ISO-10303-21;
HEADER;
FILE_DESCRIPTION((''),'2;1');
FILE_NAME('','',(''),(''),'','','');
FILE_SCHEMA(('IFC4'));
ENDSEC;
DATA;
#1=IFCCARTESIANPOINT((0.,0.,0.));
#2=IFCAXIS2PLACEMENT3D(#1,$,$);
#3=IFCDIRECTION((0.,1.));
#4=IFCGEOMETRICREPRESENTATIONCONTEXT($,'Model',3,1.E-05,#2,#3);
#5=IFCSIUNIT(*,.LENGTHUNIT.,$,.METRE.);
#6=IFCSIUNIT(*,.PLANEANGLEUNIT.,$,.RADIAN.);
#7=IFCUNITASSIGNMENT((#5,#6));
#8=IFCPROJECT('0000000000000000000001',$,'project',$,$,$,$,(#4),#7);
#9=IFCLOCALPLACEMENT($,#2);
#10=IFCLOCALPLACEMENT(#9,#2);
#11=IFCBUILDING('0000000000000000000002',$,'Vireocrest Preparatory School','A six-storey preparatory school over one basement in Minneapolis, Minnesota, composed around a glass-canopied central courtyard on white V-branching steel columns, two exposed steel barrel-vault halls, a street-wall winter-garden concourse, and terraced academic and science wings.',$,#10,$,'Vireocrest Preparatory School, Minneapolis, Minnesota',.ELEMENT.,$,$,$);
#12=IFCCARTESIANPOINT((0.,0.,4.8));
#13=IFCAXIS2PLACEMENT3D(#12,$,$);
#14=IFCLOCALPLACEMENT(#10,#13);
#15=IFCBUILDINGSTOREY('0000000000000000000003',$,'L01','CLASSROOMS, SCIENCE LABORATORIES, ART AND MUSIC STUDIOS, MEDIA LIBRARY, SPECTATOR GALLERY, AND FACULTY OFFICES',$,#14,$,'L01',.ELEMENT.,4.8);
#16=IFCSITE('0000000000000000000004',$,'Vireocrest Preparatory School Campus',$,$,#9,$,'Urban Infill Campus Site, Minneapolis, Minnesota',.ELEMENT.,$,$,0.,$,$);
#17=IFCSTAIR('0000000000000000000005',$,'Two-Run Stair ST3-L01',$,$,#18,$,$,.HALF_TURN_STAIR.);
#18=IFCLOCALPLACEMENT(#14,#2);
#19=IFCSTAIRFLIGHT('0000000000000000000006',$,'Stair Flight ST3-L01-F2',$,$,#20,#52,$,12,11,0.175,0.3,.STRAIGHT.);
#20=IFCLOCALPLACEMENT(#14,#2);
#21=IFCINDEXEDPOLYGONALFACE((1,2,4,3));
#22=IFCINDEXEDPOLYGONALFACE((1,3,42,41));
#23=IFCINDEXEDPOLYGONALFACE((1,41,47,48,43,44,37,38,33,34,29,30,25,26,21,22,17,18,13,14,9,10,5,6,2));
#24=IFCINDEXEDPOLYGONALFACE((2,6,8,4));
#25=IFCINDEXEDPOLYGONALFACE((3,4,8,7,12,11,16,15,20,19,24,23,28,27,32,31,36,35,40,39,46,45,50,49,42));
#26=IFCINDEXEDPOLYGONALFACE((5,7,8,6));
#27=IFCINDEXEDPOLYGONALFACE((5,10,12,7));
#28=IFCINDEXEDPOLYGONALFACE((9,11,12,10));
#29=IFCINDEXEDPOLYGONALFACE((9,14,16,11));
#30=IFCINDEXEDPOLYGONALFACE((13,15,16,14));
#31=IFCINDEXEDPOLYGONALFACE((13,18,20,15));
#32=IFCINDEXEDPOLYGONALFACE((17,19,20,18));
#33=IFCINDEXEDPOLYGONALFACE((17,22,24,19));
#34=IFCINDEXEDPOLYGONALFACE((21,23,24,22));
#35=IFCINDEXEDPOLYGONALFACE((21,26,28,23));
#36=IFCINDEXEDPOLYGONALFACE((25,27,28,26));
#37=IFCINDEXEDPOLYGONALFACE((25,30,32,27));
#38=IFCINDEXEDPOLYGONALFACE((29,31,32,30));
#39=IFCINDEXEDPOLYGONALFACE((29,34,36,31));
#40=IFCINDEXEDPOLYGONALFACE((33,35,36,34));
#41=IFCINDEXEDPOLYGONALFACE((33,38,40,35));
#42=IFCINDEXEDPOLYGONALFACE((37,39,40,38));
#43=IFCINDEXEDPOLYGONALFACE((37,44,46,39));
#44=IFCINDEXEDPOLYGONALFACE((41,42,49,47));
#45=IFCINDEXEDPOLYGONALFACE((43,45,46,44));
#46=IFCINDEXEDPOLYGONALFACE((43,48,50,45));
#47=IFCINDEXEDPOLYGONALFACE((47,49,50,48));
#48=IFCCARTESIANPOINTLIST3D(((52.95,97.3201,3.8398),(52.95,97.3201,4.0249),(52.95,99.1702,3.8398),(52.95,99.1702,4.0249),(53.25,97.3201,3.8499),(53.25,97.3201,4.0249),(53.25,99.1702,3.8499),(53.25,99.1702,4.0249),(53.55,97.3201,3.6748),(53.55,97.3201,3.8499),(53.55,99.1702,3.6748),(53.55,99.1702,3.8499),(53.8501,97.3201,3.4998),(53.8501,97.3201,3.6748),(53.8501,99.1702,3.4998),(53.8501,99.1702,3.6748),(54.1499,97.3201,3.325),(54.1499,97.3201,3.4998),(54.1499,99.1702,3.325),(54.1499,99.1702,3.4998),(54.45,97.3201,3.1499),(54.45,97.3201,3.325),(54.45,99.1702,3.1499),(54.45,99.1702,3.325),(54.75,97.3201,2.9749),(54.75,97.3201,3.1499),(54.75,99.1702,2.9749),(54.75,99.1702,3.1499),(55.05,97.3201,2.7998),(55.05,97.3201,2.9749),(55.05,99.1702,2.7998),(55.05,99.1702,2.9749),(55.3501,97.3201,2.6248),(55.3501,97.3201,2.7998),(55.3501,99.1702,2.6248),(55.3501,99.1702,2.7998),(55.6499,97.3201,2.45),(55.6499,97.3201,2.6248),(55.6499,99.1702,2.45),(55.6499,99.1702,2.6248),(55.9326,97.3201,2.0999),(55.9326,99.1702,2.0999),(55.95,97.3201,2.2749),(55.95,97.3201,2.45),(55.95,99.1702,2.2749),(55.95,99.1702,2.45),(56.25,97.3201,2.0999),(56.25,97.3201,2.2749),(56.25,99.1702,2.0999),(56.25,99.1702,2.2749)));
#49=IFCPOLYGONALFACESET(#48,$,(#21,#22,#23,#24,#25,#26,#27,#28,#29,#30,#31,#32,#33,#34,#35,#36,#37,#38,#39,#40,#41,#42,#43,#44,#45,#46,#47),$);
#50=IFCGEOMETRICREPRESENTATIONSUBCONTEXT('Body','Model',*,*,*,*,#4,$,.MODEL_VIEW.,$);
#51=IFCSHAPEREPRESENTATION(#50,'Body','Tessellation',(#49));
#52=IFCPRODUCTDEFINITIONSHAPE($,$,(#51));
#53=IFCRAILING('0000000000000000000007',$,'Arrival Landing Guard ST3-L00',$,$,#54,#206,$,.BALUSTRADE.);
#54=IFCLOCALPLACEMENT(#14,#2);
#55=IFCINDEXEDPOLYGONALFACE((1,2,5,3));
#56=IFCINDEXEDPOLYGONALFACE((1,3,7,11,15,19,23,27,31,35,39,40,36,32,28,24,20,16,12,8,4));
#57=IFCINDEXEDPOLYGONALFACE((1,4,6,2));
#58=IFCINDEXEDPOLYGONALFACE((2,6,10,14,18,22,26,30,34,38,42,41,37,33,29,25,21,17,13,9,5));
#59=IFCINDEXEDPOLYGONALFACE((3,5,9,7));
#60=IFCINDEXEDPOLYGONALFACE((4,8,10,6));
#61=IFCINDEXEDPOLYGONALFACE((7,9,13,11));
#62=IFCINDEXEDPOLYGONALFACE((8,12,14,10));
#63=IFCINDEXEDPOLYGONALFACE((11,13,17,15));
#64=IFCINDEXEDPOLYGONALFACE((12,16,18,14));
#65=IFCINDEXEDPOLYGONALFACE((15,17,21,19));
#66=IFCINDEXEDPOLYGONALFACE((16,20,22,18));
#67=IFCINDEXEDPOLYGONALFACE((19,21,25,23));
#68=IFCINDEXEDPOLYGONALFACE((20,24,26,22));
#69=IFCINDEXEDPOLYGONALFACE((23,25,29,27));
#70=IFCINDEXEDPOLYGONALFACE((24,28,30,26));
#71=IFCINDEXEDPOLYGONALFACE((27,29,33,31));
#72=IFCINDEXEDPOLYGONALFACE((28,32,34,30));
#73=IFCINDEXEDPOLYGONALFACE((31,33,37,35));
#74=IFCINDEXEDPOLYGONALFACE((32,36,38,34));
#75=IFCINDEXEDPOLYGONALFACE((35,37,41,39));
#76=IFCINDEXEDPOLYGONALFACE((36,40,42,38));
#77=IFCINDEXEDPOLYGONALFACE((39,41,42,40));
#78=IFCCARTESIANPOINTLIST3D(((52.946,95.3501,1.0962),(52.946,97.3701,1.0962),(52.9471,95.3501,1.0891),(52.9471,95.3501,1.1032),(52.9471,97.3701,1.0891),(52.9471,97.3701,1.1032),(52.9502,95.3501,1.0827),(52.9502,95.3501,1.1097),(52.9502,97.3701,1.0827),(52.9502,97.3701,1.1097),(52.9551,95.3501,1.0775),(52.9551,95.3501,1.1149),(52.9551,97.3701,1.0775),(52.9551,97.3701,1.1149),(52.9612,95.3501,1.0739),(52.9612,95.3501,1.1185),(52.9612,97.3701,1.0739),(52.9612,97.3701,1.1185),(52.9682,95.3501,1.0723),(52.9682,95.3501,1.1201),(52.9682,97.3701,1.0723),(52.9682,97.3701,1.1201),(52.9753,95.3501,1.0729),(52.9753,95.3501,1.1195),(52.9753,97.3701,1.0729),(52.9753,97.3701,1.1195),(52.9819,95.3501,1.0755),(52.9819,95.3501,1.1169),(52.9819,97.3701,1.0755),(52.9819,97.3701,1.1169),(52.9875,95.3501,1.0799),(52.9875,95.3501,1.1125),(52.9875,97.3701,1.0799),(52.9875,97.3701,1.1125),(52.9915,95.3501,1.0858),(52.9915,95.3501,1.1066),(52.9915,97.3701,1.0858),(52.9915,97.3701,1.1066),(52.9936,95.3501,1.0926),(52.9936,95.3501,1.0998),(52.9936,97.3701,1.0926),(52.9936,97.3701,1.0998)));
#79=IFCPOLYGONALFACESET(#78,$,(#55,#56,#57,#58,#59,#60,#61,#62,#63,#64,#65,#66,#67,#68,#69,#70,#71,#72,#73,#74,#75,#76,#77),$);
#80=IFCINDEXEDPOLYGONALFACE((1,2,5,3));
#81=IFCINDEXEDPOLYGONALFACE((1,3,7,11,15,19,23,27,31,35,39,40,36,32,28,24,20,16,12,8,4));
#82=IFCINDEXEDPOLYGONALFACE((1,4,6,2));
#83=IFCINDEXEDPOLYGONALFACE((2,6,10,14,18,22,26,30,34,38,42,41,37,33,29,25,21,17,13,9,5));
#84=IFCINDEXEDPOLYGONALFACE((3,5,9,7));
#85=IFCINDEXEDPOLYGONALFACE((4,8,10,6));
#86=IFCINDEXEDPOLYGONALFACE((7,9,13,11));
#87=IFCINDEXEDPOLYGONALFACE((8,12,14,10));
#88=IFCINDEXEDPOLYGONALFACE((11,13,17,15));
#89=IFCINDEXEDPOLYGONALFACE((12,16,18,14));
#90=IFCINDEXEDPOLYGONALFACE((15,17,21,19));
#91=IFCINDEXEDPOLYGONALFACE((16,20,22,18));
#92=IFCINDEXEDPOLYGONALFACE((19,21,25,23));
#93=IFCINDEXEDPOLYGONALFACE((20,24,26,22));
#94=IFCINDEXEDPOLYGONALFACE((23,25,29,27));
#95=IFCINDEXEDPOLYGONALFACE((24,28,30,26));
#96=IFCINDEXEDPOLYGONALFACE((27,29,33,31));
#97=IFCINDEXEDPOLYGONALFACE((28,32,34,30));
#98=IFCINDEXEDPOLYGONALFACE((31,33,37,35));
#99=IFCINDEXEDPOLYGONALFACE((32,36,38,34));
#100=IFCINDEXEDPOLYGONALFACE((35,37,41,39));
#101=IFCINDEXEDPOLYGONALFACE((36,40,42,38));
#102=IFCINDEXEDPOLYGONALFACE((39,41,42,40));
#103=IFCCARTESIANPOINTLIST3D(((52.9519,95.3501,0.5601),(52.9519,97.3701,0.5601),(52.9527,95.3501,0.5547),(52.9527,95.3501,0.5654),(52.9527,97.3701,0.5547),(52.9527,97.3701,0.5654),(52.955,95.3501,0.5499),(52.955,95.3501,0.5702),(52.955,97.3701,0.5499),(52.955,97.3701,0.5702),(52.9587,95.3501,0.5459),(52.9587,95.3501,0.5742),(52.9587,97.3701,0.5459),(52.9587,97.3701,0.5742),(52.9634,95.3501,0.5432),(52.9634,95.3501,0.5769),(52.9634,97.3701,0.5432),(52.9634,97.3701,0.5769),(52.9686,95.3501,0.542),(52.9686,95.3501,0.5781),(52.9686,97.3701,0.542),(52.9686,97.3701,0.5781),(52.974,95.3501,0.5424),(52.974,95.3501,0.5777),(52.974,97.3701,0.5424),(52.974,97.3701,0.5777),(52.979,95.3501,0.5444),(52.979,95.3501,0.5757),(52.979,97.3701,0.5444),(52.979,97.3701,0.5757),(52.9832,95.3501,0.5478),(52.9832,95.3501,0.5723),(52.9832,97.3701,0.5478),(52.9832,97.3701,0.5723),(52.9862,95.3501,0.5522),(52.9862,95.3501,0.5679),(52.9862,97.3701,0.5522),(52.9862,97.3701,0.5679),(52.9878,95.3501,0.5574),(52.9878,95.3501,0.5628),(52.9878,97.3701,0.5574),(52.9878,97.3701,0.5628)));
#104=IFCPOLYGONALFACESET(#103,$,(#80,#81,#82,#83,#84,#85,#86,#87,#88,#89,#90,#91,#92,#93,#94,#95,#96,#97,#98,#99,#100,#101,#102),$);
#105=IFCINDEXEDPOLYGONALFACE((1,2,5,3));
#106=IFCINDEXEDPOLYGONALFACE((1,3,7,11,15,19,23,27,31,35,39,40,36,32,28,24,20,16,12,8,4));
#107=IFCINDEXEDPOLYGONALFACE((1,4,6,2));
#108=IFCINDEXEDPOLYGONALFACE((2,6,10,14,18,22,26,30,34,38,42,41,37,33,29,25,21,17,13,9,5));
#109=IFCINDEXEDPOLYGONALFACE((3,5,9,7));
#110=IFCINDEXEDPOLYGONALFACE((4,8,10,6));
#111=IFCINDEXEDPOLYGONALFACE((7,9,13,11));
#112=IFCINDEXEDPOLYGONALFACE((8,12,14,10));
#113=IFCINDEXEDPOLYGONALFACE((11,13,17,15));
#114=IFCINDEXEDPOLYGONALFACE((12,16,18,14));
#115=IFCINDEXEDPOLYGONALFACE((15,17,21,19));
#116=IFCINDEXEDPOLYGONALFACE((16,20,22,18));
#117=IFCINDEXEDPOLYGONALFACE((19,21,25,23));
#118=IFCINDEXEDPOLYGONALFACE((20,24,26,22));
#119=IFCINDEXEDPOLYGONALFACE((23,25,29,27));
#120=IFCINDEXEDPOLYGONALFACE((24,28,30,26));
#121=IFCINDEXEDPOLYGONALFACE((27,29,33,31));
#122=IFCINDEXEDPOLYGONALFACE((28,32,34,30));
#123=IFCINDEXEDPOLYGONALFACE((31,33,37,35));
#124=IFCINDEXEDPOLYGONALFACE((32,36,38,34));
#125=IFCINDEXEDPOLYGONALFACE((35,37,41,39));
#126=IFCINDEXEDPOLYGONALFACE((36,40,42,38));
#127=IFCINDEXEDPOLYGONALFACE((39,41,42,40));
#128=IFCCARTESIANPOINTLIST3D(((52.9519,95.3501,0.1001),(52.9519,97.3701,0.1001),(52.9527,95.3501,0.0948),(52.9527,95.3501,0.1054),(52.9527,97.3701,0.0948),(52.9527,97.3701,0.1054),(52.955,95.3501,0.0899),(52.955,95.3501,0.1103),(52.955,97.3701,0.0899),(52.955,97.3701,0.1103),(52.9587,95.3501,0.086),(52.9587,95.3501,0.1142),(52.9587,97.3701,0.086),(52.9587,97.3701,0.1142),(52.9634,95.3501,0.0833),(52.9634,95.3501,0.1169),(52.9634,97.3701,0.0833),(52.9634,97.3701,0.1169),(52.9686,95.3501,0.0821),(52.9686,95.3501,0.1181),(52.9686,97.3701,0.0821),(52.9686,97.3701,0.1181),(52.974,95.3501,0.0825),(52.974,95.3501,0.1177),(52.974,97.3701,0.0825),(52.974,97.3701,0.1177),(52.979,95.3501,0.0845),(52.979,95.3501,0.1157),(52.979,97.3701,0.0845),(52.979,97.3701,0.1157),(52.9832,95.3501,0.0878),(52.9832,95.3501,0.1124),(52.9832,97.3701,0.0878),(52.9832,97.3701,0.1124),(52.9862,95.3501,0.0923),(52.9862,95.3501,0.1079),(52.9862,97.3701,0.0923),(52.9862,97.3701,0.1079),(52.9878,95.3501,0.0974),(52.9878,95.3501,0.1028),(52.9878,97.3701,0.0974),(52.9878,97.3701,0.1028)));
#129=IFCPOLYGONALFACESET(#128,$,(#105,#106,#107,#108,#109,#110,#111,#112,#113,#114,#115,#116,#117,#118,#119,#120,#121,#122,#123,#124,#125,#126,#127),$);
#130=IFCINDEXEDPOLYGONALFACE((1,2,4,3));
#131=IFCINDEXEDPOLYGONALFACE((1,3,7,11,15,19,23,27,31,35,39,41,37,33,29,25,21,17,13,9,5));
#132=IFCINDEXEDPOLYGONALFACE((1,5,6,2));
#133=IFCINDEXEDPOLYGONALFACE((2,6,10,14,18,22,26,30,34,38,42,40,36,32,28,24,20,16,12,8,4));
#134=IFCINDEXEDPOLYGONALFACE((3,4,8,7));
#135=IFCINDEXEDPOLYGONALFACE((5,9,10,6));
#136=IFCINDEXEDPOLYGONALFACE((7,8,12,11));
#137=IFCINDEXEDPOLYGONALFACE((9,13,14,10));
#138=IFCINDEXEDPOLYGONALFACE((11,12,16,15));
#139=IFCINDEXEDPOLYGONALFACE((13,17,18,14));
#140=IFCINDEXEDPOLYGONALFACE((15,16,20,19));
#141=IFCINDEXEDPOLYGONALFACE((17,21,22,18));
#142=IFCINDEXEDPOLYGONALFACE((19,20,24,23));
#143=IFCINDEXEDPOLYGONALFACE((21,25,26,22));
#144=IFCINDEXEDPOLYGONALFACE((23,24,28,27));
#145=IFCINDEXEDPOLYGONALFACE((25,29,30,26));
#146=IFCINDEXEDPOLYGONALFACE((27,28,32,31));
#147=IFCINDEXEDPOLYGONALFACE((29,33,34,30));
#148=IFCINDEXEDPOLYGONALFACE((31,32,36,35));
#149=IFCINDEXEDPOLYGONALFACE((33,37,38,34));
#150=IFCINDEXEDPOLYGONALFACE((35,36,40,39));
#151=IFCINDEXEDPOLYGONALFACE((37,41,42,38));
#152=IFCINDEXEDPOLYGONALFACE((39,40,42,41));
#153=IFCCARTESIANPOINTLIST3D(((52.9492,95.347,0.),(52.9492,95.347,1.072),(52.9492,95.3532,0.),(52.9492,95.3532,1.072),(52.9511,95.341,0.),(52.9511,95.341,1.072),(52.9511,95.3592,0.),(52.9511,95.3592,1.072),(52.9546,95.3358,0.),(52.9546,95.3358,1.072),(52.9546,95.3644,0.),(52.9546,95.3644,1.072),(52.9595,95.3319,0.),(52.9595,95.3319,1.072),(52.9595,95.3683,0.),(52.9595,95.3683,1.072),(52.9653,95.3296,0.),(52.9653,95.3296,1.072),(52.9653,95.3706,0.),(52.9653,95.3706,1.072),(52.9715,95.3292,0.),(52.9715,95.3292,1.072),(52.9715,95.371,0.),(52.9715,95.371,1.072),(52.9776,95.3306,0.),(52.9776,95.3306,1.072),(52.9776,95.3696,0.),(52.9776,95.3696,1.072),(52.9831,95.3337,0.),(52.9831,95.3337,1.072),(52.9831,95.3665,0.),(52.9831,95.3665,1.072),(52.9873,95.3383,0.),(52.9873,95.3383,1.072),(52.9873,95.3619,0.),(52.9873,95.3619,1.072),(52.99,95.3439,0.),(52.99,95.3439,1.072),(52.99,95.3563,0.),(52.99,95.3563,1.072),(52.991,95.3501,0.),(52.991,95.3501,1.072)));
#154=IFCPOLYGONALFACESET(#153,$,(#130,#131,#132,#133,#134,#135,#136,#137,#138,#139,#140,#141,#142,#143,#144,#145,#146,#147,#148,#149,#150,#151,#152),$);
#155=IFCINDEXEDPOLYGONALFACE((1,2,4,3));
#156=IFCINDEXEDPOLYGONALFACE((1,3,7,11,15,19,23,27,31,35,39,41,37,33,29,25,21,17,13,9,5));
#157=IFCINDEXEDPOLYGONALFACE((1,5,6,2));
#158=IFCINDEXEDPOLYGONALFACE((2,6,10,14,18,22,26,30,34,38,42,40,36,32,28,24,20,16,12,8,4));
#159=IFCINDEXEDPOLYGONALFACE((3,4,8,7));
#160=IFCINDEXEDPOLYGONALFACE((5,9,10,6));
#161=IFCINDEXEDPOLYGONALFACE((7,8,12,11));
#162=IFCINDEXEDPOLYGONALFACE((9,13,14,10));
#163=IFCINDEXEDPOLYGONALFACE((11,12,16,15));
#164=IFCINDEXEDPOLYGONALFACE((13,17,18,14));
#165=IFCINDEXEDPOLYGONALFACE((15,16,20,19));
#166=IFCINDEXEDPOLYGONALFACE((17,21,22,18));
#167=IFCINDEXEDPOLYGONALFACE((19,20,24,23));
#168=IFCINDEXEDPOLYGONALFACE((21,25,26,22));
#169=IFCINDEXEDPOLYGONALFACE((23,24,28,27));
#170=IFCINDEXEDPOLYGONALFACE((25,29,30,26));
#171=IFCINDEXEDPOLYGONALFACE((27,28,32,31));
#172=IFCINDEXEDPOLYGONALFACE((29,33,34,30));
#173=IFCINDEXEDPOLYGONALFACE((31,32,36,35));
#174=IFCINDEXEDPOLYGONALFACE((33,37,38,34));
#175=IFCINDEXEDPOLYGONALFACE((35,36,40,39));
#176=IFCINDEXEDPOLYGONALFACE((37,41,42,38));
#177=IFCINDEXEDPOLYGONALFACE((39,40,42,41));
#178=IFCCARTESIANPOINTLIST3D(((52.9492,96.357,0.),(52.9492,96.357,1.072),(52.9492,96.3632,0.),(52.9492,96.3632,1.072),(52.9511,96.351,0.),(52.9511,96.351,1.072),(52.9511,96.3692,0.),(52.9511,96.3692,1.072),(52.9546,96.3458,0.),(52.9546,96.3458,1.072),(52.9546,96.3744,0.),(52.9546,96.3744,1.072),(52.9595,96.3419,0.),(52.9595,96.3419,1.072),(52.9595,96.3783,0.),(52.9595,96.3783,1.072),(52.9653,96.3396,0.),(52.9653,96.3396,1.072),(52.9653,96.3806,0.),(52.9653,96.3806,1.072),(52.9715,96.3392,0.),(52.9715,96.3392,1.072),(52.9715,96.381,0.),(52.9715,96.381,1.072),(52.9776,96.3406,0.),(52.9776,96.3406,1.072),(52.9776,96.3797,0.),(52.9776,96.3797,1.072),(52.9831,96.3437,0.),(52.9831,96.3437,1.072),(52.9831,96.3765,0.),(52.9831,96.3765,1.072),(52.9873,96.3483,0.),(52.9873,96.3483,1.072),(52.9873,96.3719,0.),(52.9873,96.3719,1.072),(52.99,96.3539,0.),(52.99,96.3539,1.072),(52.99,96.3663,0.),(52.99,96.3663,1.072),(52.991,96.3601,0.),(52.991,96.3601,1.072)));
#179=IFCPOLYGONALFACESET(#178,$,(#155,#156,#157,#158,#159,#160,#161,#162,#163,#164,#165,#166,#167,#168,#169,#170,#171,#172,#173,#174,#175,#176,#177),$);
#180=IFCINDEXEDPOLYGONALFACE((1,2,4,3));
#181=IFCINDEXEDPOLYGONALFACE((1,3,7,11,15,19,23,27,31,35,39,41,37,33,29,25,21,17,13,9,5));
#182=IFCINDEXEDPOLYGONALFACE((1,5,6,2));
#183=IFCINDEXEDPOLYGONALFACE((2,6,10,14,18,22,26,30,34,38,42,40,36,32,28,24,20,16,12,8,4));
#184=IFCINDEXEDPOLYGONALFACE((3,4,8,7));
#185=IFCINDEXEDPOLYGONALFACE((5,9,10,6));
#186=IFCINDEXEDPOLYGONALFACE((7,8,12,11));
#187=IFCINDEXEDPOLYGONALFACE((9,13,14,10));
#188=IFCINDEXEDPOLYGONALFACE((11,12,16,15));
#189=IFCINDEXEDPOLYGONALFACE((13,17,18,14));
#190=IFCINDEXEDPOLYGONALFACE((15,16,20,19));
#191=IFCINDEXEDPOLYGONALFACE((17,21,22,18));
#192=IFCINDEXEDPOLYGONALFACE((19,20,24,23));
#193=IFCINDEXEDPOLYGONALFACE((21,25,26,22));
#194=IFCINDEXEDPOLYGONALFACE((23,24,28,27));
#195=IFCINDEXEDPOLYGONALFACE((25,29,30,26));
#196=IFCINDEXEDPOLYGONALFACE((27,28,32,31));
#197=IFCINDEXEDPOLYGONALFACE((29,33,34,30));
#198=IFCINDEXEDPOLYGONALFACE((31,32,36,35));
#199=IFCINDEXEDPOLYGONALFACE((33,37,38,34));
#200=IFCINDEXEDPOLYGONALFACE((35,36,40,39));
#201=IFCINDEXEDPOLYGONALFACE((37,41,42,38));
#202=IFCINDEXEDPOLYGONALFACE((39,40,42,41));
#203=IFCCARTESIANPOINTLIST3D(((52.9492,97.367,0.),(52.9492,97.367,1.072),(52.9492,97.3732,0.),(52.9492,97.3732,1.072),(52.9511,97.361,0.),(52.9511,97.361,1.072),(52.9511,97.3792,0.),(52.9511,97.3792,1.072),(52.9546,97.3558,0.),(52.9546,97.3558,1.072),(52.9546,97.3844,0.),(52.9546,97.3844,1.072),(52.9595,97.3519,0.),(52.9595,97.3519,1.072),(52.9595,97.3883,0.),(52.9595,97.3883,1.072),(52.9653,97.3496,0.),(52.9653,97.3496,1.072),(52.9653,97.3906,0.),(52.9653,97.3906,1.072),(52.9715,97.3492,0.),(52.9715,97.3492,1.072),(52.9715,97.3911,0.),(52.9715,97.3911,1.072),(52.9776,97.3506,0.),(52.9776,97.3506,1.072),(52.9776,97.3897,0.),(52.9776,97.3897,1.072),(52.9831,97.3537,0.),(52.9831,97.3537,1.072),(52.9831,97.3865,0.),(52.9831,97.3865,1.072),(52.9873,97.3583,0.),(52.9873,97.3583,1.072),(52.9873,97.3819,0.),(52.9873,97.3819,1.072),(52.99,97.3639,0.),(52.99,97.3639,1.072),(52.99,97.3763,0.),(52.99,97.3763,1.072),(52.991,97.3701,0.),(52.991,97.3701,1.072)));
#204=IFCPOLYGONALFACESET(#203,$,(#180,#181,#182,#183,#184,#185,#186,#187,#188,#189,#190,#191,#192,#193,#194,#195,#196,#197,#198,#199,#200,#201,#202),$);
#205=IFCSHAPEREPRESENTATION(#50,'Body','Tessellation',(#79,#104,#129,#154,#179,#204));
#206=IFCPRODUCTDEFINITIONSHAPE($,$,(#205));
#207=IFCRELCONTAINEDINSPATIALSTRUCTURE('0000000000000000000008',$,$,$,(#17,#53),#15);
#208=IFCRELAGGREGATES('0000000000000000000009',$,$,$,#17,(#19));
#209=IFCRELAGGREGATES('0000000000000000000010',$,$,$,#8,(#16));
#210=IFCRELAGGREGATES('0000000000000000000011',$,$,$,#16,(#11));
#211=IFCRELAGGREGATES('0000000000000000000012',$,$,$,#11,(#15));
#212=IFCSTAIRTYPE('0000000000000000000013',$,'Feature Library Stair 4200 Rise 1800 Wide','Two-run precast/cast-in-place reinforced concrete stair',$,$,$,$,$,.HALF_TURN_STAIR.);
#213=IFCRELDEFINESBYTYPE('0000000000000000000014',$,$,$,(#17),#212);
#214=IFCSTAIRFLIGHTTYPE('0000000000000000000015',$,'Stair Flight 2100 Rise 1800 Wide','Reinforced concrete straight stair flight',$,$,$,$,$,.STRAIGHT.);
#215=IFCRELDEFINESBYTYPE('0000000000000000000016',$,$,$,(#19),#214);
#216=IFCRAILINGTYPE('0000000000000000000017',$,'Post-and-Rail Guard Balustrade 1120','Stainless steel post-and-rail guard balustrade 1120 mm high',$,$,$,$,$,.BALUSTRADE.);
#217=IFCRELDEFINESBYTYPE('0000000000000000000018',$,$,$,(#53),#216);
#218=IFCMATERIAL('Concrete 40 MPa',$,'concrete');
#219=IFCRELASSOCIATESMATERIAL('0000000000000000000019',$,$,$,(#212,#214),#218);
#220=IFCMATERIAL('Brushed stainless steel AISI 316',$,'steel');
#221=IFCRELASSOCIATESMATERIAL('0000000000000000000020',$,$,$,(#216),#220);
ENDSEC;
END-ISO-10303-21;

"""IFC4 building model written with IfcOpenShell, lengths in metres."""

from ifc_helpers import new_model, si_unit, direction, frame, origin, origin_2d, place, context, subcontext, project, spatial, polyline, circle, outline, extrude, material, type_object, element, aggregate, save


model = new_model("IFC4")

# Units and contexts
model_context = context("Model", 3, precision=1e-05, world=origin(), true_north=direction((0.0, 1.0)))
body_context = subcontext(model_context, "Body", "Model", "MODEL_VIEW")
ifc_project = project(units=[si_unit("LENGTHUNIT", "METRE"), si_unit("PLANEANGLEUNIT", "RADIAN")], contexts=[model_context])

# Site, building, storey
site_placement = place(None, origin())
site = spatial("IfcSite", under=ifc_project, at=site_placement, Name="Vireocrest Preparatory School Campus", LongName="Urban Infill Campus Site, Minneapolis, Minnesota", CompositionType="ELEMENT", RefElevation=0.0)
building_placement = place(site_placement, origin())
building = spatial("IfcBuilding", under=site, at=building_placement, Name="Vireocrest Preparatory School", Description="A six-storey preparatory school over one basement in Minneapolis, Minnesota, composed around a glass-canopied central courtyard on white V-branching steel columns, two exposed steel barrel-vault halls, a street-wall winter-garden concourse, and terraced academic and science wings.", LongName="Vireocrest Preparatory School, Minneapolis, Minnesota", CompositionType="ELEMENT")
storey_placement = place(building_placement, frame((0.0, 0.0, 4.8)))
storey = spatial("IfcBuildingStorey", under=building, at=storey_placement, Name="L01", Description="CLASSROOMS, SCIENCE LABORATORIES, ART AND MUSIC STUDIOS, MEDIA LIBRARY, SPECTATOR GALLERY, AND FACULTY OFFICES", LongName="L01", CompositionType="ELEMENT", Elevation=4.8)

# Shared definitions
ifc_material_1 = material(Name="Concrete 40 MPa", Category="concrete")

# Stair, stair flight
stair_type = type_object("IfcStairType", Name="Feature Library Stair 4200 Rise 1800 Wide", Description="Two-run precast/cast-in-place reinforced concrete stair", PredefinedType="HALF_TURN_STAIR", material=ifc_material_1)
stair_placement = place(storey_placement, origin())
stair = element("IfcStair", 1, at=stair_placement, inside=storey, type_object=stair_type, Name="Two-Run Stair ST3-L01", PredefinedType="HALF_TURN_STAIR")
stair_flight_type = type_object("IfcStairFlightType", Name="Stair Flight 2100 Rise 1800 Wide", Description="Reinforced concrete straight stair flight", PredefinedType="STRAIGHT", material=ifc_material_1)
stair_flight_1_placement = place(storey_placement, frame((56.25, 98.2451, 2.0999), z_axis=(0.0, 0.0, 1.0), x_axis=(-1.0, 0.0, 0.0)))
stair_flight_1 = element("IfcStairFlight", 2, at=stair_flight_1_placement, type_object=stair_flight_type, Name="Stair Flight ST3-L01-F2", NumberOfRisers=12, NumberOfTreads=11, PredefinedType="STRAIGHT", RiserHeight=0.175, TreadLength=0.3, context=body_context, shape_type="SweptSolid", body=[
    extrude(outline(polyline([(0.0, 0.0), (0.0, 0.175), (0.3, 0.175), (0.3, 0.3501), (0.6001, 0.3501), (0.6001, 0.5249), (0.8999, 0.5249), (0.8999, 0.7), (1.2, 0.7), (1.2, 0.875), (1.5, 0.875), (1.5, 1.05), (1.8, 1.05), (1.8, 1.2251), (2.1001, 1.2251), (2.1001, 1.3999), (2.3999, 1.3999), (2.3999, 1.575), (2.7, 1.575), (2.7, 1.75), (3.0, 1.75), (3.0, 1.925), (3.3, 1.925), (3.3, 2.1001), (3.3, 1.74), (0.3174, 0.0), (0.0, 0.0)])), frame((0.0, 0.925, 0.0), z_axis=(0.0, -1.0, 0.0), x_axis=(1.0, 0.0, 0.0)), (0.0, 0.0, 1.0), 1.8501),
])
aggregate(stair, [stair_flight_1])

# Railing
ifc_material_2 = material(Name="Brushed stainless steel AISI 316", Category="steel")
railing_type_1 = type_object("IfcRailingType", Name="Post-and-Rail Guard Balustrade 1120", Description="Stainless steel post-and-rail guard balustrade 1120 mm high", PredefinedType="BALUSTRADE", material=ifc_material_2)
railing_1_placement = place(storey_placement, frame((52.97, 95.3501, 0.0)))
element("IfcRailing", 3, at=railing_1_placement, inside=storey, type_object=railing_type_1, Name="Arrival Landing Guard ST3-L00", PredefinedType="BALUSTRADE", context=body_context, shape_type="SweptSolid", body=[
    extrude(circle(Radius=0.0239, at=origin_2d()), frame((0.0, 0.0, 1.0962), z_axis=(0.0, 1.0, 0.0), x_axis=(-1.0, 0.0, 0.0)), (0.0, 0.0, 1.0), 2.02),
    extrude(circle(Radius=0.0181, at=origin_2d()), frame((0.0, 0.0, 0.5601), z_axis=(0.0, 1.0, 0.0), x_axis=(-1.0, 0.0, 0.0)), (0.0, 0.0, 1.0), 2.02),
    extrude(circle(Radius=0.0181, at=origin_2d()), frame((0.0, 0.0, 0.1001), z_axis=(0.0, 1.0, 0.0), x_axis=(-1.0, 0.0, 0.0)), (0.0, 0.0, 1.0), 2.02),
    extrude(circle(Radius=0.021, at=origin_2d()), origin(), (0.0, 0.0, 1.0), 1.072),
    extrude(circle(Radius=0.021, at=origin_2d()), frame((0.0, 1.01, 0.0)), (0.0, 0.0, 1.0), 1.072),
    extrude(circle(Radius=0.021, at=origin_2d()), frame((0.0, 2.02, 0.0)), (0.0, 0.0, 1.0), 1.072),
])

save(model, "model.ifc")
